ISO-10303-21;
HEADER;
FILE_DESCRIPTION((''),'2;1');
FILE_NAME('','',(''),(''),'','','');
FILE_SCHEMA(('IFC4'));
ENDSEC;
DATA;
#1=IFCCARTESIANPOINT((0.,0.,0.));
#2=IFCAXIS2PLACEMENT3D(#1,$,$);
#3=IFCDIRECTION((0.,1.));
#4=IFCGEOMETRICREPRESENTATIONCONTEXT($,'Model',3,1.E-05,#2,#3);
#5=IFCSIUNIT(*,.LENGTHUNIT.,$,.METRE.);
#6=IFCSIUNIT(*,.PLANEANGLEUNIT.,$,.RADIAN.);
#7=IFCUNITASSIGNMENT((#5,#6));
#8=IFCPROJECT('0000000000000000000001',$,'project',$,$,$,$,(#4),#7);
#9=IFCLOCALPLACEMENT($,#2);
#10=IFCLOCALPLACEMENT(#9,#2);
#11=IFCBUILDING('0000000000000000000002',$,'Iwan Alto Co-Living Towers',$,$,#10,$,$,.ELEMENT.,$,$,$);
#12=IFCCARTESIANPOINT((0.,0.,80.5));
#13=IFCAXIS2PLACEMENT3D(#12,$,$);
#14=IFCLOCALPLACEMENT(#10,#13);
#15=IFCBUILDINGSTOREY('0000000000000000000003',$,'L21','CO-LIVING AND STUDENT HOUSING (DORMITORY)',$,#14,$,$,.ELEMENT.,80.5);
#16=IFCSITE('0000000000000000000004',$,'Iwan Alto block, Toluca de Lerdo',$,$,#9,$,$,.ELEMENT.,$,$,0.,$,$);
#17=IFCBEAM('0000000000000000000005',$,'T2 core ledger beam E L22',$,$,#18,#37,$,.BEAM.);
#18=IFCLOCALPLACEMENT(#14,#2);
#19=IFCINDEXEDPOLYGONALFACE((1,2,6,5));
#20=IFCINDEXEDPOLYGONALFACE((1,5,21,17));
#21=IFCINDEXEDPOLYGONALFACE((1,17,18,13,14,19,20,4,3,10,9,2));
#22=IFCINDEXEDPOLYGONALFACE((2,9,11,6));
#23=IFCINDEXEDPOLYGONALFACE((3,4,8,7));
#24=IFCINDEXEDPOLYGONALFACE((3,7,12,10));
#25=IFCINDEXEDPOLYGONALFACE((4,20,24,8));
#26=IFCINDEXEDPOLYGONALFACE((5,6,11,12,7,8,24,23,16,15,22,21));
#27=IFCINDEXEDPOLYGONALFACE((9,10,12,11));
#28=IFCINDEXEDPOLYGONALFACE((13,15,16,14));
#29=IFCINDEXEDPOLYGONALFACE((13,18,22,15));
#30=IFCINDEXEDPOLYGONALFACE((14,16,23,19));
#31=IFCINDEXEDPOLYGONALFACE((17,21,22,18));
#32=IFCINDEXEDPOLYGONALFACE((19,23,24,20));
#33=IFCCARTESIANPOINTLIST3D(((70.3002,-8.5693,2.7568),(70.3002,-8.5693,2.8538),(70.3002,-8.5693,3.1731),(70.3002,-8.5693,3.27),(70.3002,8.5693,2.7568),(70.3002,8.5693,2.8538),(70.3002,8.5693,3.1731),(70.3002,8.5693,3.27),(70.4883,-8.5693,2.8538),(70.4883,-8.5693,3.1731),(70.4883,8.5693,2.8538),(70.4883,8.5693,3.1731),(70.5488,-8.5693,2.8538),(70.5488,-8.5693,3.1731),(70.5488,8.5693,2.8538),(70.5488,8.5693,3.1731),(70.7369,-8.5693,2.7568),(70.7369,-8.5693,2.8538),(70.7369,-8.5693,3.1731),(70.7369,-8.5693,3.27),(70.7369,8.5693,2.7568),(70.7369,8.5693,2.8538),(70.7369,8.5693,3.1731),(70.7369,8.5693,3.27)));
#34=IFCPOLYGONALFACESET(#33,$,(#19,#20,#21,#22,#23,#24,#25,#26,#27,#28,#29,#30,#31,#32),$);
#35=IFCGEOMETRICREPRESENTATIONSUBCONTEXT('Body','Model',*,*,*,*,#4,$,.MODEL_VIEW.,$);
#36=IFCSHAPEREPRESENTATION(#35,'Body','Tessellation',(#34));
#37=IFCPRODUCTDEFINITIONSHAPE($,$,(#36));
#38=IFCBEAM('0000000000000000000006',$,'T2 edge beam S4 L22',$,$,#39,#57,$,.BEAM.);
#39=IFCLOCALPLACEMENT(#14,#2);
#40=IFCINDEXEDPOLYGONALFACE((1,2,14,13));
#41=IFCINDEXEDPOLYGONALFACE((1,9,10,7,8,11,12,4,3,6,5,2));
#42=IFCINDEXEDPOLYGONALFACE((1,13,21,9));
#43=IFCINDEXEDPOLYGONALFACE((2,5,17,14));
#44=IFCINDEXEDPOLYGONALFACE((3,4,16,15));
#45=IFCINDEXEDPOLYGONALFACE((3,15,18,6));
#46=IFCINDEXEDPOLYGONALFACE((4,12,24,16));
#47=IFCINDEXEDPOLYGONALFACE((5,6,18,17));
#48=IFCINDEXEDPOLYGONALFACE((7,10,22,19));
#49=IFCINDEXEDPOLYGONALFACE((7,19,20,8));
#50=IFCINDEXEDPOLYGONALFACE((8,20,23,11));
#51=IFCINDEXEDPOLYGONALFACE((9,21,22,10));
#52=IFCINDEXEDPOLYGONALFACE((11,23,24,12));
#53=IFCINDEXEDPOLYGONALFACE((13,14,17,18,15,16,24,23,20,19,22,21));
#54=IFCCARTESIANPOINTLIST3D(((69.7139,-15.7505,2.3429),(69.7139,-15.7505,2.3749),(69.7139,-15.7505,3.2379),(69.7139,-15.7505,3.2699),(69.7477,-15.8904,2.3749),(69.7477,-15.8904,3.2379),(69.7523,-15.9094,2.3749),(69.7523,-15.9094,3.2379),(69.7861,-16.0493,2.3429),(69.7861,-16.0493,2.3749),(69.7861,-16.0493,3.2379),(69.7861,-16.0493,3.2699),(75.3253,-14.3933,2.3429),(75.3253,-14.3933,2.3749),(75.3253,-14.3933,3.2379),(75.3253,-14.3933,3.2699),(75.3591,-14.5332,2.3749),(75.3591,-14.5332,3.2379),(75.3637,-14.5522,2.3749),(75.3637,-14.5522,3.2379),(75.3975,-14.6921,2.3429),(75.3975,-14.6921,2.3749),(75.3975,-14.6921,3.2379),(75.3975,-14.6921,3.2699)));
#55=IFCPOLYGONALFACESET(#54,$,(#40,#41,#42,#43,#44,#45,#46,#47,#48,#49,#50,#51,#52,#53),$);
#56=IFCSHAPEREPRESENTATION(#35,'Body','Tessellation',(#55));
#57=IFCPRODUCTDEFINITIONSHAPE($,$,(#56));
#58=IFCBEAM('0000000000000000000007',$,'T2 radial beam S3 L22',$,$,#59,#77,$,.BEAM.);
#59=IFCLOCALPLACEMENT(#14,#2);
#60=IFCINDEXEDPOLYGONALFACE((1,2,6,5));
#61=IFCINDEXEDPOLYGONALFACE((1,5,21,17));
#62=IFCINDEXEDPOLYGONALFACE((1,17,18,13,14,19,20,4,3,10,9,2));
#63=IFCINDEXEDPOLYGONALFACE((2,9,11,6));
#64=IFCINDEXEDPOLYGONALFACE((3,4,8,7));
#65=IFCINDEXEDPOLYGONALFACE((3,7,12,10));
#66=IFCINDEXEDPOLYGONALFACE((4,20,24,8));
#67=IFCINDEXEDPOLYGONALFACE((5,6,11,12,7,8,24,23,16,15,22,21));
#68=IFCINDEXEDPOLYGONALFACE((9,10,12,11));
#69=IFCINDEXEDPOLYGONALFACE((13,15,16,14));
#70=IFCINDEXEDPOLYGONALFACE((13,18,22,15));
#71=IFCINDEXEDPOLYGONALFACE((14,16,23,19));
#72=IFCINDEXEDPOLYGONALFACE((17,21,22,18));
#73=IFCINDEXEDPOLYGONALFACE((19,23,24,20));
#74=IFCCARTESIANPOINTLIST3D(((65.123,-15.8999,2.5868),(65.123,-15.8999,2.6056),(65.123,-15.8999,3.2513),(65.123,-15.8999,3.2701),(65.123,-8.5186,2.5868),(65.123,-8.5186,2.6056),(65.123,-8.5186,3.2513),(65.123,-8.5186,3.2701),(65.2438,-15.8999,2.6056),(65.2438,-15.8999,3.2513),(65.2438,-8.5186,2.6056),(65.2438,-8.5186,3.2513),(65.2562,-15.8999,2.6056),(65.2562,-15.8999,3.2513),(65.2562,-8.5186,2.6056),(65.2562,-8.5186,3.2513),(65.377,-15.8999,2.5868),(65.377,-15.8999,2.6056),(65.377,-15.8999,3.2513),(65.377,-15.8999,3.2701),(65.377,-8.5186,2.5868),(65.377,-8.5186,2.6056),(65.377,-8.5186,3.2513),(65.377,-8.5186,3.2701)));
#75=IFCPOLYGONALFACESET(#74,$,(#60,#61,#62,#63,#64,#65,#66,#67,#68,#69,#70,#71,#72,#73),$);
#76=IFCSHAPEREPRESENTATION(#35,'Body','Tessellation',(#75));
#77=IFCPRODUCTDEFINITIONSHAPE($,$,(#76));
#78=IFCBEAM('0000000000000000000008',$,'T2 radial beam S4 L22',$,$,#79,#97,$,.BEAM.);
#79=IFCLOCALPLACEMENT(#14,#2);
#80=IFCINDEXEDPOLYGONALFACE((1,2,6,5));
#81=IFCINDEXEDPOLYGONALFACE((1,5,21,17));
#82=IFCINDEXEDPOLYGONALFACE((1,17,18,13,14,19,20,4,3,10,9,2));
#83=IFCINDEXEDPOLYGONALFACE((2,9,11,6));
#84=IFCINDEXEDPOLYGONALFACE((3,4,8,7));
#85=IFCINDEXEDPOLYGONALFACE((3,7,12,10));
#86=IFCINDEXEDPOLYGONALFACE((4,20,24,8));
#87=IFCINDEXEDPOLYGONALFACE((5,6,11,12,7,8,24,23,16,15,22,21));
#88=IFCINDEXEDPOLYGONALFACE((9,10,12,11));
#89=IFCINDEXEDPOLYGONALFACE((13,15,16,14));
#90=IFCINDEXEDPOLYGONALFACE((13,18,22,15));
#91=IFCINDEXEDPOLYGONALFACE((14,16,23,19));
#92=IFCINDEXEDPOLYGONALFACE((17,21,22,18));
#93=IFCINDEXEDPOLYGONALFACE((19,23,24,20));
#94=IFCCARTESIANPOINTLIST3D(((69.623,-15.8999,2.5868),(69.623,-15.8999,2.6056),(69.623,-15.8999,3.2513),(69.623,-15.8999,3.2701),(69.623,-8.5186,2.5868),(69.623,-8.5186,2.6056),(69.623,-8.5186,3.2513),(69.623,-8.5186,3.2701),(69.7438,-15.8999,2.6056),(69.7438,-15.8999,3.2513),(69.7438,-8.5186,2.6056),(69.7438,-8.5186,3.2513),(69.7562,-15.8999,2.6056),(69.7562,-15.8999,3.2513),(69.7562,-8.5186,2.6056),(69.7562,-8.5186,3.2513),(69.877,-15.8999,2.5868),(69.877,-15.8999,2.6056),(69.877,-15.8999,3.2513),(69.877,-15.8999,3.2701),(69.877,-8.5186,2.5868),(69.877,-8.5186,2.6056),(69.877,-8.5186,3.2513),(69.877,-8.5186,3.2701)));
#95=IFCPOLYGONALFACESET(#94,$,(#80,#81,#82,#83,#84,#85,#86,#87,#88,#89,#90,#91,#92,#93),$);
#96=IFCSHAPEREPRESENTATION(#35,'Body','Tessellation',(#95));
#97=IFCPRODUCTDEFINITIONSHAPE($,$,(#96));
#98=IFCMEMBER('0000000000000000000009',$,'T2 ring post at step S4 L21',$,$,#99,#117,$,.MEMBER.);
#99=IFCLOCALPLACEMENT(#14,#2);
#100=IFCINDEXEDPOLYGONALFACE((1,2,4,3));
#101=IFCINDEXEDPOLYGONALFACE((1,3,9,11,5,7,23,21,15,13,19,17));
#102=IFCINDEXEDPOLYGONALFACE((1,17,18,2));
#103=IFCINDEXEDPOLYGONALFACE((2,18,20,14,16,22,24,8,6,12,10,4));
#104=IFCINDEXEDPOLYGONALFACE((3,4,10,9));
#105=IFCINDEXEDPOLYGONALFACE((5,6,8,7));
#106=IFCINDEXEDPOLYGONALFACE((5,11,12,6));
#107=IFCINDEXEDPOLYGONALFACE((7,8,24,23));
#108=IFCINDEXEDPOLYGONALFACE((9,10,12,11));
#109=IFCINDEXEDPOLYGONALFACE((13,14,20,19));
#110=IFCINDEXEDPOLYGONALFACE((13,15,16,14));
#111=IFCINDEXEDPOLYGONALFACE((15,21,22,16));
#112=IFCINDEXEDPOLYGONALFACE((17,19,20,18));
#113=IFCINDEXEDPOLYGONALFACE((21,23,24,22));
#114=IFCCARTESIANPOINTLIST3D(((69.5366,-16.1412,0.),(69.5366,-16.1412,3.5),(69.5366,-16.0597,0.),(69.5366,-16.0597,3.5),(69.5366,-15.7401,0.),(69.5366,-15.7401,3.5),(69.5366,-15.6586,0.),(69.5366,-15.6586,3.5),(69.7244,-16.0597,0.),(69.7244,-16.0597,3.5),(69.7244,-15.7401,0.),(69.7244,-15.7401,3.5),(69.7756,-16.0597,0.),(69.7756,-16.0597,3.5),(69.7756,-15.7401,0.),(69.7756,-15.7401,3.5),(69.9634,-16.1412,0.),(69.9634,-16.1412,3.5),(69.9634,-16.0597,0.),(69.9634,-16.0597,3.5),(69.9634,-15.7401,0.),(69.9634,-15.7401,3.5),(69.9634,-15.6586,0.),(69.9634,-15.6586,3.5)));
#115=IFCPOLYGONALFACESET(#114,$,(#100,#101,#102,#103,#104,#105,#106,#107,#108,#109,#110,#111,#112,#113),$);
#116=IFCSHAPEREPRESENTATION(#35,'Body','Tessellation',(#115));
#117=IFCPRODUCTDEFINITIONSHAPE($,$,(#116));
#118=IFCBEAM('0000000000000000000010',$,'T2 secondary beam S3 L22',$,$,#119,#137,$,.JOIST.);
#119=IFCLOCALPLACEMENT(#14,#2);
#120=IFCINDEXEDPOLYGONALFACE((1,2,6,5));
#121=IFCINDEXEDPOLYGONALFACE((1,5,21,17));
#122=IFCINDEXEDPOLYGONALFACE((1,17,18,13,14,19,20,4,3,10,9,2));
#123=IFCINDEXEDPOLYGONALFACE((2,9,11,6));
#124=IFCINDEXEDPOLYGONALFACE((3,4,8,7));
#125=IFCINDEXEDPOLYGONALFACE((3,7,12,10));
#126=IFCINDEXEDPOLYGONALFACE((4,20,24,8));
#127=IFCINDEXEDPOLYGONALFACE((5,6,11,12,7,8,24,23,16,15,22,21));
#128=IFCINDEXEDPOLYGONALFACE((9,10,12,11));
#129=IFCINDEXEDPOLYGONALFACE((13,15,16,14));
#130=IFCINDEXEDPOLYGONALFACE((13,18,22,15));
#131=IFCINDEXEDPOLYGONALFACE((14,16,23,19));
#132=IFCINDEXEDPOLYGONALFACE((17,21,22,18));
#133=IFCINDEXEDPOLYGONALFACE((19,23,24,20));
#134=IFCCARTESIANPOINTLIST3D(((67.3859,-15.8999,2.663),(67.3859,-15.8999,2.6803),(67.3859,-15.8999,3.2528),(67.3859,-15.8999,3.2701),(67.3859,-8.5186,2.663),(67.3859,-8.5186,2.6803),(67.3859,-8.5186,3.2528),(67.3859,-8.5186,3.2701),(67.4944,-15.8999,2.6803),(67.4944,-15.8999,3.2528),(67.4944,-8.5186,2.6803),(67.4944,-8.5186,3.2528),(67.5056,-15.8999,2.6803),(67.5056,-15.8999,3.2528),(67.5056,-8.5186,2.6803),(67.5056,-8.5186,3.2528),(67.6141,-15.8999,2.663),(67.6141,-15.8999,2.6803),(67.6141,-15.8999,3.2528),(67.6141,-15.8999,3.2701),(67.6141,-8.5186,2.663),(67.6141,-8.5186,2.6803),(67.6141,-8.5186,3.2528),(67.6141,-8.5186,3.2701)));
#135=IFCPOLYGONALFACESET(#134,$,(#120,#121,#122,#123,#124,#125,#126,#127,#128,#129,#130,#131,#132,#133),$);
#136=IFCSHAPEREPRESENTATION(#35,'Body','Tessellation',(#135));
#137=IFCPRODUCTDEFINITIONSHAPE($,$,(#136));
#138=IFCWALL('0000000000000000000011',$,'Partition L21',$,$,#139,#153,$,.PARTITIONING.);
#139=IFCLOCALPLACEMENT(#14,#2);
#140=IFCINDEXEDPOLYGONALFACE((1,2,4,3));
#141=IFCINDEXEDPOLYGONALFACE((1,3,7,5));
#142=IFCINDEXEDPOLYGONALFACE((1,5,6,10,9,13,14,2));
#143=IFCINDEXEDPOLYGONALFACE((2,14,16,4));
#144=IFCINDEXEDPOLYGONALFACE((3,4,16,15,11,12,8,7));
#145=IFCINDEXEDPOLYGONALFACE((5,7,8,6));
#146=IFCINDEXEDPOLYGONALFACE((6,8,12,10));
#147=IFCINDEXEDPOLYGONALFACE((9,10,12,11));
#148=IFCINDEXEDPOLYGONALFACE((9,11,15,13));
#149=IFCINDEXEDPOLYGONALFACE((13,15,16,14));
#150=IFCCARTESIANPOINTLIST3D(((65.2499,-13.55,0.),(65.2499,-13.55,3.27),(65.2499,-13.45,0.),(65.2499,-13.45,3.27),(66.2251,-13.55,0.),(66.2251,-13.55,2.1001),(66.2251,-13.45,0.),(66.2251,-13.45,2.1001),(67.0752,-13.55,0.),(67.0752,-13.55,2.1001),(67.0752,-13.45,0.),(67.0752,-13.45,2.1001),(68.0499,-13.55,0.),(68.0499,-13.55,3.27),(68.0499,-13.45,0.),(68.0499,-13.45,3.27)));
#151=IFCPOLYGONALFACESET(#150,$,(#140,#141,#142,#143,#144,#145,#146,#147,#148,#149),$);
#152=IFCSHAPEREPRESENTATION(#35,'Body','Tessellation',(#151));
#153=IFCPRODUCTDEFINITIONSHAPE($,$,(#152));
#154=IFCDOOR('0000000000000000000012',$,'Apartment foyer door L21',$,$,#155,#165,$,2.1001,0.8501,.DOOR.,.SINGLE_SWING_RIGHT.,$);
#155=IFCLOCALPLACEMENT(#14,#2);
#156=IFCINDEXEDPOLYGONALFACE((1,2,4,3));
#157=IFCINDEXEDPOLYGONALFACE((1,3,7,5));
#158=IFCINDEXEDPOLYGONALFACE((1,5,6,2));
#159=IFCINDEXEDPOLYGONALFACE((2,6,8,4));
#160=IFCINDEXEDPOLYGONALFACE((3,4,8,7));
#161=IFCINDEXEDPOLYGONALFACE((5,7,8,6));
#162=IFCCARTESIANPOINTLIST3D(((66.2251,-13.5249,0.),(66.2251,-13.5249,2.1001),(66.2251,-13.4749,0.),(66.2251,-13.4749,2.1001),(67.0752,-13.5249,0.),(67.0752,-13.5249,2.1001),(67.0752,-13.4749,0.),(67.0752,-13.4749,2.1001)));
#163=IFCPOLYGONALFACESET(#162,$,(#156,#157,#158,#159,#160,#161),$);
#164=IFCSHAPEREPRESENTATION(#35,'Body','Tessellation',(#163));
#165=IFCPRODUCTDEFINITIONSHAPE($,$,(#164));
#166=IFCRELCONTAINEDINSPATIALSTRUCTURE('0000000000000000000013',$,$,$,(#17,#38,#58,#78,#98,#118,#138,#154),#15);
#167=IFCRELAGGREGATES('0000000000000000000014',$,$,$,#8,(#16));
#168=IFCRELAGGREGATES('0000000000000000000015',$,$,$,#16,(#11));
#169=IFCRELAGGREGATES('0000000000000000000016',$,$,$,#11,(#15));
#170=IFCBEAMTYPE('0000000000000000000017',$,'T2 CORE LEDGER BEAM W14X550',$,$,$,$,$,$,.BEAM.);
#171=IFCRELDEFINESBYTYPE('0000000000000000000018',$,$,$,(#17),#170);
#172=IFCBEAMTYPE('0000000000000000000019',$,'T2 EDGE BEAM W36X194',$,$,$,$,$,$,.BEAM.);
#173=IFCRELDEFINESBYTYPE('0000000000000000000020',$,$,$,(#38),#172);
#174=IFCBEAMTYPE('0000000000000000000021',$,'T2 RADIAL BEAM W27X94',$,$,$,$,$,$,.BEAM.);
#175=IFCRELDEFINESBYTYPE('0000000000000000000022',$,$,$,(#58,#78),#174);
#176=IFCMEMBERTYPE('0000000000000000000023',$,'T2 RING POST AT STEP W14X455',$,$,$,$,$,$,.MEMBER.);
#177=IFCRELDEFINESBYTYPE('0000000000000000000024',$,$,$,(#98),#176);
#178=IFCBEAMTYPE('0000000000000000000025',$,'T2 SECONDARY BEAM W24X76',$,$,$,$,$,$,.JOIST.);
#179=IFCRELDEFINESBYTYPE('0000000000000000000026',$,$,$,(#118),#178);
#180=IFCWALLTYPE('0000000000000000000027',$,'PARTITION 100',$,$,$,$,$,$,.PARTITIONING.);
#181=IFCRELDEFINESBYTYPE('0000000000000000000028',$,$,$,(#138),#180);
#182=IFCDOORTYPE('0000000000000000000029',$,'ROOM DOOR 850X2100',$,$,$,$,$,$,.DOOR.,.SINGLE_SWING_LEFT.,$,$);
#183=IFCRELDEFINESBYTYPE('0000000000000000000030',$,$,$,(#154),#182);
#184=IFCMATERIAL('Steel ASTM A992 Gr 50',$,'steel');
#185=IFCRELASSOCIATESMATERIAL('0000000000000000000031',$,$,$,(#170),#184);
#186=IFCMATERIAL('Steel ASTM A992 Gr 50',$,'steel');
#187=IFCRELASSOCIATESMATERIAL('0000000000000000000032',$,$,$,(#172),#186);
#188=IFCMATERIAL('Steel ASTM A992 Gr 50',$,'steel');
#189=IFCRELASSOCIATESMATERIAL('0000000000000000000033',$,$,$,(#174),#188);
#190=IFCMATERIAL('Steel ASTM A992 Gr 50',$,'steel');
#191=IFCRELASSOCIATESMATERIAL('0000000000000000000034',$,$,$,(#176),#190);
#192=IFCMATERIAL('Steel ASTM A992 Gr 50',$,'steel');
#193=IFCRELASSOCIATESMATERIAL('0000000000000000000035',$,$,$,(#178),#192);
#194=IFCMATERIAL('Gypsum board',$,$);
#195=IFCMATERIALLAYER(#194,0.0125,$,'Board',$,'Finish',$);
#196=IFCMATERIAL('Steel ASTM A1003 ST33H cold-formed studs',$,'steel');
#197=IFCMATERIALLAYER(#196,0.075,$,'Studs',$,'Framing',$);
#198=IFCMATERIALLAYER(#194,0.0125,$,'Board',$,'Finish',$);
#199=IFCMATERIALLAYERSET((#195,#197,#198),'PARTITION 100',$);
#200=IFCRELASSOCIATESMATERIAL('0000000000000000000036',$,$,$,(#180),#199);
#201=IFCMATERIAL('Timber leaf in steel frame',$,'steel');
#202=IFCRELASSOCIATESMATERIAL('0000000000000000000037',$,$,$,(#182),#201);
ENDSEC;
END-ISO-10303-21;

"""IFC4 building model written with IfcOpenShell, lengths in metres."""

from ifc_helpers import new_model, si_unit, direction, frame, frame_2d, origin, origin_2d, place, context, subcontext, project, spatial, rectangle, i_section, extrude, material, layer, layer_set, material_profile, profile_set, type_object, element, fill, save


model = new_model("IFC4")

# Units and contexts
model_context = context("Model", 3, precision=1e-05, world=origin(), true_north=direction((0.0, 1.0)))
body_context = subcontext(model_context, "Body", "Model", "MODEL_VIEW")
ifc_project = project(units=[si_unit("LENGTHUNIT", "METRE"), si_unit("PLANEANGLEUNIT", "RADIAN")], contexts=[model_context])

# Site, building, storey
site_placement = place(None, origin())
site = spatial("IfcSite", under=ifc_project, at=site_placement, Name="Iwan Alto block, Toluca de Lerdo", CompositionType="ELEMENT", RefElevation=0.0)
building_placement = place(site_placement, origin())
building = spatial("IfcBuilding", under=site, at=building_placement, Name="Iwan Alto Co-Living Towers", CompositionType="ELEMENT")
storey_placement = place(building_placement, frame((0.0, 0.0, 80.5)))
storey = spatial("IfcBuildingStorey", under=building, at=storey_placement, Name="L21", Description="CO-LIVING AND STUDENT HOUSING (DORMITORY)", CompositionType="ELEMENT", Elevation=80.5)

# Beams
ifc_material_1 = material(Name="Steel ASTM A992 Gr 50", Category="steel")
ifc_material_profile_1 = material_profile(ifc_material_1, i_section(OverallWidth=0.4368, OverallDepth=0.5132, WebThickness=0.0605, FlangeThickness=0.0969, at=origin_2d()), Name="W14X550")
ifc_profile_set_1 = profile_set([ifc_material_profile_1], Name="Steel ASTM A992 Gr 50")
beam_type_1 = type_object("IfcBeamType", Name="T2 CORE LEDGER BEAM W14X550", PredefinedType="BEAM", material=ifc_profile_set_1)
beam_1_placement = place(storey_placement, frame((70.5186, -8.5693, 3.0134), z_axis=(0.0, 1.0, 0.0), x_axis=(-1.0, 0.0, 0.0)))
element("IfcBeam", 1, at=beam_1_placement, inside=storey, type_object=beam_type_1, Name="T2 core ledger beam E L22", PredefinedType="BEAM", context=body_context, shape_type="SweptSolid", body=[
    extrude(i_section(OverallWidth=0.4368, OverallDepth=0.5132, WebThickness=0.0605, FlangeThickness=0.0969, at=origin_2d()), origin(), (0.0, 0.0, 1.0), 17.1387),
])
ifc_material_2 = material(Name="Steel ASTM A992 Gr 50", Category="steel")
ifc_material_profile_2 = material_profile(ifc_material_2, i_section(OverallWidth=0.3074, OverallDepth=0.927, WebThickness=0.0195, FlangeThickness=0.032, at=origin_2d()), Name="W36X194")
ifc_profile_set_2 = profile_set([ifc_material_profile_2], Name="Steel ASTM A992 Gr 50")
beam_type_2 = type_object("IfcBeamType", Name="T2 EDGE BEAM W36X194", PredefinedType="BEAM", material=ifc_profile_set_2)
beam_2_placement = place(storey_placement, frame((69.75, -15.8999, 2.8064), z_axis=(0.971975, 0.235086, 0.0), x_axis=(-0.235086, 0.971975, 0.0)))
element("IfcBeam", 2, at=beam_2_placement, inside=storey, type_object=beam_type_2, Name="T2 edge beam S4 L22", PredefinedType="BEAM", context=body_context, shape_type="SweptSolid", body=[
    extrude(i_section(OverallWidth=0.3074, OverallDepth=0.927, WebThickness=0.0195, FlangeThickness=0.032, at=origin_2d()), origin(), (0.0, 0.0, 1.0), 5.7732),
])
ifc_material_3 = material(Name="Steel ASTM A992 Gr 50", Category="steel")
ifc_material_profile_3 = material_profile(ifc_material_3, i_section(OverallWidth=0.2539, OverallDepth=0.6833, WebThickness=0.0125, FlangeThickness=0.0188, at=origin_2d()), Name="W27X94")
ifc_profile_set_3 = profile_set([ifc_material_profile_3], Name="Steel ASTM A992 Gr 50")
beam_type_3 = type_object("IfcBeamType", Name="T2 RADIAL BEAM W27X94", PredefinedType="BEAM", material=ifc_profile_set_3)
for number, where, z_axis, x_axis, name in (
    (3, (65.25, -15.8999, 2.9285), (0.0, 1.0, 0.0), (-1.0, 0.0, 0.0), "T2 radial beam S3 L22"),
    (4, (69.75, -15.8999, 2.9285), (0.0, 1.0, 0.0), (-1.0, 0.0, 0.0), "T2 radial beam S4 L22"),
):
    element("IfcBeam", number, at=place(storey_placement, frame(where, z_axis=z_axis, x_axis=x_axis)), inside=storey, type_object=beam_type_3, Name=name, PredefinedType="BEAM", context=body_context, shape_type="SweptSolid", body=[
        extrude(i_section(OverallWidth=0.2539, OverallDepth=0.6833, WebThickness=0.0125, FlangeThickness=0.0188, at=origin_2d()), origin(), (0.0, 0.0, 1.0), 7.3813),
    ])

# Member
ifc_material_4 = material(Name="Steel ASTM A992 Gr 50", Category="steel")
ifc_material_profile_4 = material_profile(ifc_material_4, i_section(OverallWidth=0.4268, OverallDepth=0.4827, WebThickness=0.0513, FlangeThickness=0.0815, at=origin_2d()), Name="W14X455")
ifc_profile_set_4 = profile_set([ifc_material_profile_4], Name="Steel ASTM A992 Gr 50")
member_type = type_object("IfcMemberType", Name="T2 RING POST AT STEP W14X455", PredefinedType="MEMBER", material=ifc_profile_set_4)
member_placement = place(storey_placement, frame((69.75, -15.8999, 0.0), z_axis=(0.0, 0.0, 1.0), x_axis=(1.0, 0.0, 0.0)))
element("IfcMember", 5, at=member_placement, inside=storey, type_object=member_type, Name="T2 ring post at step S4 L21", PredefinedType="MEMBER", context=body_context, shape_type="SweptSolid", body=[
    extrude(i_section(OverallWidth=0.4268, OverallDepth=0.4827, WebThickness=0.0513, FlangeThickness=0.0815, at=origin_2d()), origin(), (0.0, 0.0, 1.0), 3.5),
])

# Beam
ifc_material_5 = material(Name="Steel ASTM A992 Gr 50", Category="steel")
ifc_material_profile_5 = material_profile(ifc_material_5, i_section(OverallWidth=0.2283, OverallDepth=0.6072, WebThickness=0.0112, FlangeThickness=0.0173, at=origin_2d()), Name="W24X76")
ifc_profile_set_5 = profile_set([ifc_material_profile_5], Name="Steel ASTM A992 Gr 50")
beam_type_4 = type_object("IfcBeamType", Name="T2 SECONDARY BEAM W24X76", PredefinedType="JOIST", material=ifc_profile_set_5)
beam_3_placement = place(storey_placement, frame((67.5, -15.8999, 2.9666), z_axis=(0.0, 1.0, 0.0), x_axis=(-1.0, 0.0, 0.0)))
element("IfcBeam", 6, at=beam_3_placement, inside=storey, type_object=beam_type_4, Name="T2 secondary beam S3 L22", PredefinedType="JOIST", context=body_context, shape_type="SweptSolid", body=[
    extrude(i_section(OverallWidth=0.2283, OverallDepth=0.6072, WebThickness=0.0112, FlangeThickness=0.0173, at=origin_2d()), origin(), (0.0, 0.0, 1.0), 7.3813),
])

# Wall, opening, door
ifc_material_6 = material(Name="Gypsum board")
ifc_layer_1 = layer(ifc_material_6, 0.0125, Name="Board", Category="Finish")
ifc_material_7 = material(Name="Steel ASTM A1003 ST33H cold-formed studs", Category="steel")
ifc_layer_2 = layer(ifc_material_7, 0.075, Name="Studs", Category="Framing")
ifc_layer_3 = layer(ifc_material_6, 0.0125, Name="Board", Category="Finish")
ifc_layer_set_1 = layer_set([ifc_layer_1, ifc_layer_2, ifc_layer_3], Name="PARTITION 100")
wall_type_1 = type_object("IfcWallType", Name="PARTITION 100", PredefinedType="PARTITIONING", material=ifc_layer_set_1)
wall_1_placement = place(storey_placement, frame((65.25, -13.5, 0.0), z_axis=(0.0, 0.0, 1.0), x_axis=(1.0, 0.0, 0.0)))
wall_1 = element("IfcWall", 7, at=wall_1_placement, inside=storey, type_object=wall_type_1, Name="Partition L21", PredefinedType="PARTITIONING", context=body_context, shape_type="SweptSolid", body=[
    extrude(rectangle(XDim=2.8, YDim=0.1001, at=frame_2d((1.3999, 0.0))), origin(), (0.0, 0.0, 1.0), 3.27),
])
opening_1_placement = place(wall_1_placement, frame((0.9751, 0.0, 0.0)))
opening_1 = element("IfcOpeningElement", 8, at=opening_1_placement, cuts=wall_1, PredefinedType="OPENING", context=body_context, shape_type="SweptSolid", body=[
    extrude(rectangle(XDim=0.8501, YDim=2.1001, at=frame_2d((0.425, 1.05))), frame((0.0, 0.0601, 0.0), z_axis=(0.0, -1.0, 0.0), x_axis=(1.0, 0.0, 0.0)), (0.0, 0.0, 1.0), 0.1201),
])
ifc_material_8 = material(Name="Timber leaf in steel frame", Category="steel")
door_type_1 = type_object("IfcDoorType", Name="ROOM DOOR 850X2100", OperationType="SINGLE_SWING_LEFT", PredefinedType="DOOR", material=ifc_material_8)
door_1_placement = place(opening_1_placement, frame((0.8501, 0.0, 0.0), z_axis=(0.0, 0.0, 1.0), x_axis=(-1.0, 0.0, 0.0)))
door_1 = element("IfcDoor", 9, at=door_1_placement, inside=storey, type_object=door_type_1, Name="Apartment foyer door L21", OperationType="SINGLE_SWING_RIGHT", OverallHeight=2.1001, OverallWidth=0.8501, PredefinedType="DOOR", context=body_context, shape_type="SweptSolid", body=[
    extrude(rectangle(XDim=0.8501, YDim=2.1001, at=frame_2d((0.425, 1.05))), frame((0.0, 0.0249, 0.0), z_axis=(0.0, -1.0, 0.0), x_axis=(1.0, 0.0, 0.0)), (0.0, 0.0, 1.0), 0.05),
])
fill(opening_1, door_1)

save(model, "model.ifc")
